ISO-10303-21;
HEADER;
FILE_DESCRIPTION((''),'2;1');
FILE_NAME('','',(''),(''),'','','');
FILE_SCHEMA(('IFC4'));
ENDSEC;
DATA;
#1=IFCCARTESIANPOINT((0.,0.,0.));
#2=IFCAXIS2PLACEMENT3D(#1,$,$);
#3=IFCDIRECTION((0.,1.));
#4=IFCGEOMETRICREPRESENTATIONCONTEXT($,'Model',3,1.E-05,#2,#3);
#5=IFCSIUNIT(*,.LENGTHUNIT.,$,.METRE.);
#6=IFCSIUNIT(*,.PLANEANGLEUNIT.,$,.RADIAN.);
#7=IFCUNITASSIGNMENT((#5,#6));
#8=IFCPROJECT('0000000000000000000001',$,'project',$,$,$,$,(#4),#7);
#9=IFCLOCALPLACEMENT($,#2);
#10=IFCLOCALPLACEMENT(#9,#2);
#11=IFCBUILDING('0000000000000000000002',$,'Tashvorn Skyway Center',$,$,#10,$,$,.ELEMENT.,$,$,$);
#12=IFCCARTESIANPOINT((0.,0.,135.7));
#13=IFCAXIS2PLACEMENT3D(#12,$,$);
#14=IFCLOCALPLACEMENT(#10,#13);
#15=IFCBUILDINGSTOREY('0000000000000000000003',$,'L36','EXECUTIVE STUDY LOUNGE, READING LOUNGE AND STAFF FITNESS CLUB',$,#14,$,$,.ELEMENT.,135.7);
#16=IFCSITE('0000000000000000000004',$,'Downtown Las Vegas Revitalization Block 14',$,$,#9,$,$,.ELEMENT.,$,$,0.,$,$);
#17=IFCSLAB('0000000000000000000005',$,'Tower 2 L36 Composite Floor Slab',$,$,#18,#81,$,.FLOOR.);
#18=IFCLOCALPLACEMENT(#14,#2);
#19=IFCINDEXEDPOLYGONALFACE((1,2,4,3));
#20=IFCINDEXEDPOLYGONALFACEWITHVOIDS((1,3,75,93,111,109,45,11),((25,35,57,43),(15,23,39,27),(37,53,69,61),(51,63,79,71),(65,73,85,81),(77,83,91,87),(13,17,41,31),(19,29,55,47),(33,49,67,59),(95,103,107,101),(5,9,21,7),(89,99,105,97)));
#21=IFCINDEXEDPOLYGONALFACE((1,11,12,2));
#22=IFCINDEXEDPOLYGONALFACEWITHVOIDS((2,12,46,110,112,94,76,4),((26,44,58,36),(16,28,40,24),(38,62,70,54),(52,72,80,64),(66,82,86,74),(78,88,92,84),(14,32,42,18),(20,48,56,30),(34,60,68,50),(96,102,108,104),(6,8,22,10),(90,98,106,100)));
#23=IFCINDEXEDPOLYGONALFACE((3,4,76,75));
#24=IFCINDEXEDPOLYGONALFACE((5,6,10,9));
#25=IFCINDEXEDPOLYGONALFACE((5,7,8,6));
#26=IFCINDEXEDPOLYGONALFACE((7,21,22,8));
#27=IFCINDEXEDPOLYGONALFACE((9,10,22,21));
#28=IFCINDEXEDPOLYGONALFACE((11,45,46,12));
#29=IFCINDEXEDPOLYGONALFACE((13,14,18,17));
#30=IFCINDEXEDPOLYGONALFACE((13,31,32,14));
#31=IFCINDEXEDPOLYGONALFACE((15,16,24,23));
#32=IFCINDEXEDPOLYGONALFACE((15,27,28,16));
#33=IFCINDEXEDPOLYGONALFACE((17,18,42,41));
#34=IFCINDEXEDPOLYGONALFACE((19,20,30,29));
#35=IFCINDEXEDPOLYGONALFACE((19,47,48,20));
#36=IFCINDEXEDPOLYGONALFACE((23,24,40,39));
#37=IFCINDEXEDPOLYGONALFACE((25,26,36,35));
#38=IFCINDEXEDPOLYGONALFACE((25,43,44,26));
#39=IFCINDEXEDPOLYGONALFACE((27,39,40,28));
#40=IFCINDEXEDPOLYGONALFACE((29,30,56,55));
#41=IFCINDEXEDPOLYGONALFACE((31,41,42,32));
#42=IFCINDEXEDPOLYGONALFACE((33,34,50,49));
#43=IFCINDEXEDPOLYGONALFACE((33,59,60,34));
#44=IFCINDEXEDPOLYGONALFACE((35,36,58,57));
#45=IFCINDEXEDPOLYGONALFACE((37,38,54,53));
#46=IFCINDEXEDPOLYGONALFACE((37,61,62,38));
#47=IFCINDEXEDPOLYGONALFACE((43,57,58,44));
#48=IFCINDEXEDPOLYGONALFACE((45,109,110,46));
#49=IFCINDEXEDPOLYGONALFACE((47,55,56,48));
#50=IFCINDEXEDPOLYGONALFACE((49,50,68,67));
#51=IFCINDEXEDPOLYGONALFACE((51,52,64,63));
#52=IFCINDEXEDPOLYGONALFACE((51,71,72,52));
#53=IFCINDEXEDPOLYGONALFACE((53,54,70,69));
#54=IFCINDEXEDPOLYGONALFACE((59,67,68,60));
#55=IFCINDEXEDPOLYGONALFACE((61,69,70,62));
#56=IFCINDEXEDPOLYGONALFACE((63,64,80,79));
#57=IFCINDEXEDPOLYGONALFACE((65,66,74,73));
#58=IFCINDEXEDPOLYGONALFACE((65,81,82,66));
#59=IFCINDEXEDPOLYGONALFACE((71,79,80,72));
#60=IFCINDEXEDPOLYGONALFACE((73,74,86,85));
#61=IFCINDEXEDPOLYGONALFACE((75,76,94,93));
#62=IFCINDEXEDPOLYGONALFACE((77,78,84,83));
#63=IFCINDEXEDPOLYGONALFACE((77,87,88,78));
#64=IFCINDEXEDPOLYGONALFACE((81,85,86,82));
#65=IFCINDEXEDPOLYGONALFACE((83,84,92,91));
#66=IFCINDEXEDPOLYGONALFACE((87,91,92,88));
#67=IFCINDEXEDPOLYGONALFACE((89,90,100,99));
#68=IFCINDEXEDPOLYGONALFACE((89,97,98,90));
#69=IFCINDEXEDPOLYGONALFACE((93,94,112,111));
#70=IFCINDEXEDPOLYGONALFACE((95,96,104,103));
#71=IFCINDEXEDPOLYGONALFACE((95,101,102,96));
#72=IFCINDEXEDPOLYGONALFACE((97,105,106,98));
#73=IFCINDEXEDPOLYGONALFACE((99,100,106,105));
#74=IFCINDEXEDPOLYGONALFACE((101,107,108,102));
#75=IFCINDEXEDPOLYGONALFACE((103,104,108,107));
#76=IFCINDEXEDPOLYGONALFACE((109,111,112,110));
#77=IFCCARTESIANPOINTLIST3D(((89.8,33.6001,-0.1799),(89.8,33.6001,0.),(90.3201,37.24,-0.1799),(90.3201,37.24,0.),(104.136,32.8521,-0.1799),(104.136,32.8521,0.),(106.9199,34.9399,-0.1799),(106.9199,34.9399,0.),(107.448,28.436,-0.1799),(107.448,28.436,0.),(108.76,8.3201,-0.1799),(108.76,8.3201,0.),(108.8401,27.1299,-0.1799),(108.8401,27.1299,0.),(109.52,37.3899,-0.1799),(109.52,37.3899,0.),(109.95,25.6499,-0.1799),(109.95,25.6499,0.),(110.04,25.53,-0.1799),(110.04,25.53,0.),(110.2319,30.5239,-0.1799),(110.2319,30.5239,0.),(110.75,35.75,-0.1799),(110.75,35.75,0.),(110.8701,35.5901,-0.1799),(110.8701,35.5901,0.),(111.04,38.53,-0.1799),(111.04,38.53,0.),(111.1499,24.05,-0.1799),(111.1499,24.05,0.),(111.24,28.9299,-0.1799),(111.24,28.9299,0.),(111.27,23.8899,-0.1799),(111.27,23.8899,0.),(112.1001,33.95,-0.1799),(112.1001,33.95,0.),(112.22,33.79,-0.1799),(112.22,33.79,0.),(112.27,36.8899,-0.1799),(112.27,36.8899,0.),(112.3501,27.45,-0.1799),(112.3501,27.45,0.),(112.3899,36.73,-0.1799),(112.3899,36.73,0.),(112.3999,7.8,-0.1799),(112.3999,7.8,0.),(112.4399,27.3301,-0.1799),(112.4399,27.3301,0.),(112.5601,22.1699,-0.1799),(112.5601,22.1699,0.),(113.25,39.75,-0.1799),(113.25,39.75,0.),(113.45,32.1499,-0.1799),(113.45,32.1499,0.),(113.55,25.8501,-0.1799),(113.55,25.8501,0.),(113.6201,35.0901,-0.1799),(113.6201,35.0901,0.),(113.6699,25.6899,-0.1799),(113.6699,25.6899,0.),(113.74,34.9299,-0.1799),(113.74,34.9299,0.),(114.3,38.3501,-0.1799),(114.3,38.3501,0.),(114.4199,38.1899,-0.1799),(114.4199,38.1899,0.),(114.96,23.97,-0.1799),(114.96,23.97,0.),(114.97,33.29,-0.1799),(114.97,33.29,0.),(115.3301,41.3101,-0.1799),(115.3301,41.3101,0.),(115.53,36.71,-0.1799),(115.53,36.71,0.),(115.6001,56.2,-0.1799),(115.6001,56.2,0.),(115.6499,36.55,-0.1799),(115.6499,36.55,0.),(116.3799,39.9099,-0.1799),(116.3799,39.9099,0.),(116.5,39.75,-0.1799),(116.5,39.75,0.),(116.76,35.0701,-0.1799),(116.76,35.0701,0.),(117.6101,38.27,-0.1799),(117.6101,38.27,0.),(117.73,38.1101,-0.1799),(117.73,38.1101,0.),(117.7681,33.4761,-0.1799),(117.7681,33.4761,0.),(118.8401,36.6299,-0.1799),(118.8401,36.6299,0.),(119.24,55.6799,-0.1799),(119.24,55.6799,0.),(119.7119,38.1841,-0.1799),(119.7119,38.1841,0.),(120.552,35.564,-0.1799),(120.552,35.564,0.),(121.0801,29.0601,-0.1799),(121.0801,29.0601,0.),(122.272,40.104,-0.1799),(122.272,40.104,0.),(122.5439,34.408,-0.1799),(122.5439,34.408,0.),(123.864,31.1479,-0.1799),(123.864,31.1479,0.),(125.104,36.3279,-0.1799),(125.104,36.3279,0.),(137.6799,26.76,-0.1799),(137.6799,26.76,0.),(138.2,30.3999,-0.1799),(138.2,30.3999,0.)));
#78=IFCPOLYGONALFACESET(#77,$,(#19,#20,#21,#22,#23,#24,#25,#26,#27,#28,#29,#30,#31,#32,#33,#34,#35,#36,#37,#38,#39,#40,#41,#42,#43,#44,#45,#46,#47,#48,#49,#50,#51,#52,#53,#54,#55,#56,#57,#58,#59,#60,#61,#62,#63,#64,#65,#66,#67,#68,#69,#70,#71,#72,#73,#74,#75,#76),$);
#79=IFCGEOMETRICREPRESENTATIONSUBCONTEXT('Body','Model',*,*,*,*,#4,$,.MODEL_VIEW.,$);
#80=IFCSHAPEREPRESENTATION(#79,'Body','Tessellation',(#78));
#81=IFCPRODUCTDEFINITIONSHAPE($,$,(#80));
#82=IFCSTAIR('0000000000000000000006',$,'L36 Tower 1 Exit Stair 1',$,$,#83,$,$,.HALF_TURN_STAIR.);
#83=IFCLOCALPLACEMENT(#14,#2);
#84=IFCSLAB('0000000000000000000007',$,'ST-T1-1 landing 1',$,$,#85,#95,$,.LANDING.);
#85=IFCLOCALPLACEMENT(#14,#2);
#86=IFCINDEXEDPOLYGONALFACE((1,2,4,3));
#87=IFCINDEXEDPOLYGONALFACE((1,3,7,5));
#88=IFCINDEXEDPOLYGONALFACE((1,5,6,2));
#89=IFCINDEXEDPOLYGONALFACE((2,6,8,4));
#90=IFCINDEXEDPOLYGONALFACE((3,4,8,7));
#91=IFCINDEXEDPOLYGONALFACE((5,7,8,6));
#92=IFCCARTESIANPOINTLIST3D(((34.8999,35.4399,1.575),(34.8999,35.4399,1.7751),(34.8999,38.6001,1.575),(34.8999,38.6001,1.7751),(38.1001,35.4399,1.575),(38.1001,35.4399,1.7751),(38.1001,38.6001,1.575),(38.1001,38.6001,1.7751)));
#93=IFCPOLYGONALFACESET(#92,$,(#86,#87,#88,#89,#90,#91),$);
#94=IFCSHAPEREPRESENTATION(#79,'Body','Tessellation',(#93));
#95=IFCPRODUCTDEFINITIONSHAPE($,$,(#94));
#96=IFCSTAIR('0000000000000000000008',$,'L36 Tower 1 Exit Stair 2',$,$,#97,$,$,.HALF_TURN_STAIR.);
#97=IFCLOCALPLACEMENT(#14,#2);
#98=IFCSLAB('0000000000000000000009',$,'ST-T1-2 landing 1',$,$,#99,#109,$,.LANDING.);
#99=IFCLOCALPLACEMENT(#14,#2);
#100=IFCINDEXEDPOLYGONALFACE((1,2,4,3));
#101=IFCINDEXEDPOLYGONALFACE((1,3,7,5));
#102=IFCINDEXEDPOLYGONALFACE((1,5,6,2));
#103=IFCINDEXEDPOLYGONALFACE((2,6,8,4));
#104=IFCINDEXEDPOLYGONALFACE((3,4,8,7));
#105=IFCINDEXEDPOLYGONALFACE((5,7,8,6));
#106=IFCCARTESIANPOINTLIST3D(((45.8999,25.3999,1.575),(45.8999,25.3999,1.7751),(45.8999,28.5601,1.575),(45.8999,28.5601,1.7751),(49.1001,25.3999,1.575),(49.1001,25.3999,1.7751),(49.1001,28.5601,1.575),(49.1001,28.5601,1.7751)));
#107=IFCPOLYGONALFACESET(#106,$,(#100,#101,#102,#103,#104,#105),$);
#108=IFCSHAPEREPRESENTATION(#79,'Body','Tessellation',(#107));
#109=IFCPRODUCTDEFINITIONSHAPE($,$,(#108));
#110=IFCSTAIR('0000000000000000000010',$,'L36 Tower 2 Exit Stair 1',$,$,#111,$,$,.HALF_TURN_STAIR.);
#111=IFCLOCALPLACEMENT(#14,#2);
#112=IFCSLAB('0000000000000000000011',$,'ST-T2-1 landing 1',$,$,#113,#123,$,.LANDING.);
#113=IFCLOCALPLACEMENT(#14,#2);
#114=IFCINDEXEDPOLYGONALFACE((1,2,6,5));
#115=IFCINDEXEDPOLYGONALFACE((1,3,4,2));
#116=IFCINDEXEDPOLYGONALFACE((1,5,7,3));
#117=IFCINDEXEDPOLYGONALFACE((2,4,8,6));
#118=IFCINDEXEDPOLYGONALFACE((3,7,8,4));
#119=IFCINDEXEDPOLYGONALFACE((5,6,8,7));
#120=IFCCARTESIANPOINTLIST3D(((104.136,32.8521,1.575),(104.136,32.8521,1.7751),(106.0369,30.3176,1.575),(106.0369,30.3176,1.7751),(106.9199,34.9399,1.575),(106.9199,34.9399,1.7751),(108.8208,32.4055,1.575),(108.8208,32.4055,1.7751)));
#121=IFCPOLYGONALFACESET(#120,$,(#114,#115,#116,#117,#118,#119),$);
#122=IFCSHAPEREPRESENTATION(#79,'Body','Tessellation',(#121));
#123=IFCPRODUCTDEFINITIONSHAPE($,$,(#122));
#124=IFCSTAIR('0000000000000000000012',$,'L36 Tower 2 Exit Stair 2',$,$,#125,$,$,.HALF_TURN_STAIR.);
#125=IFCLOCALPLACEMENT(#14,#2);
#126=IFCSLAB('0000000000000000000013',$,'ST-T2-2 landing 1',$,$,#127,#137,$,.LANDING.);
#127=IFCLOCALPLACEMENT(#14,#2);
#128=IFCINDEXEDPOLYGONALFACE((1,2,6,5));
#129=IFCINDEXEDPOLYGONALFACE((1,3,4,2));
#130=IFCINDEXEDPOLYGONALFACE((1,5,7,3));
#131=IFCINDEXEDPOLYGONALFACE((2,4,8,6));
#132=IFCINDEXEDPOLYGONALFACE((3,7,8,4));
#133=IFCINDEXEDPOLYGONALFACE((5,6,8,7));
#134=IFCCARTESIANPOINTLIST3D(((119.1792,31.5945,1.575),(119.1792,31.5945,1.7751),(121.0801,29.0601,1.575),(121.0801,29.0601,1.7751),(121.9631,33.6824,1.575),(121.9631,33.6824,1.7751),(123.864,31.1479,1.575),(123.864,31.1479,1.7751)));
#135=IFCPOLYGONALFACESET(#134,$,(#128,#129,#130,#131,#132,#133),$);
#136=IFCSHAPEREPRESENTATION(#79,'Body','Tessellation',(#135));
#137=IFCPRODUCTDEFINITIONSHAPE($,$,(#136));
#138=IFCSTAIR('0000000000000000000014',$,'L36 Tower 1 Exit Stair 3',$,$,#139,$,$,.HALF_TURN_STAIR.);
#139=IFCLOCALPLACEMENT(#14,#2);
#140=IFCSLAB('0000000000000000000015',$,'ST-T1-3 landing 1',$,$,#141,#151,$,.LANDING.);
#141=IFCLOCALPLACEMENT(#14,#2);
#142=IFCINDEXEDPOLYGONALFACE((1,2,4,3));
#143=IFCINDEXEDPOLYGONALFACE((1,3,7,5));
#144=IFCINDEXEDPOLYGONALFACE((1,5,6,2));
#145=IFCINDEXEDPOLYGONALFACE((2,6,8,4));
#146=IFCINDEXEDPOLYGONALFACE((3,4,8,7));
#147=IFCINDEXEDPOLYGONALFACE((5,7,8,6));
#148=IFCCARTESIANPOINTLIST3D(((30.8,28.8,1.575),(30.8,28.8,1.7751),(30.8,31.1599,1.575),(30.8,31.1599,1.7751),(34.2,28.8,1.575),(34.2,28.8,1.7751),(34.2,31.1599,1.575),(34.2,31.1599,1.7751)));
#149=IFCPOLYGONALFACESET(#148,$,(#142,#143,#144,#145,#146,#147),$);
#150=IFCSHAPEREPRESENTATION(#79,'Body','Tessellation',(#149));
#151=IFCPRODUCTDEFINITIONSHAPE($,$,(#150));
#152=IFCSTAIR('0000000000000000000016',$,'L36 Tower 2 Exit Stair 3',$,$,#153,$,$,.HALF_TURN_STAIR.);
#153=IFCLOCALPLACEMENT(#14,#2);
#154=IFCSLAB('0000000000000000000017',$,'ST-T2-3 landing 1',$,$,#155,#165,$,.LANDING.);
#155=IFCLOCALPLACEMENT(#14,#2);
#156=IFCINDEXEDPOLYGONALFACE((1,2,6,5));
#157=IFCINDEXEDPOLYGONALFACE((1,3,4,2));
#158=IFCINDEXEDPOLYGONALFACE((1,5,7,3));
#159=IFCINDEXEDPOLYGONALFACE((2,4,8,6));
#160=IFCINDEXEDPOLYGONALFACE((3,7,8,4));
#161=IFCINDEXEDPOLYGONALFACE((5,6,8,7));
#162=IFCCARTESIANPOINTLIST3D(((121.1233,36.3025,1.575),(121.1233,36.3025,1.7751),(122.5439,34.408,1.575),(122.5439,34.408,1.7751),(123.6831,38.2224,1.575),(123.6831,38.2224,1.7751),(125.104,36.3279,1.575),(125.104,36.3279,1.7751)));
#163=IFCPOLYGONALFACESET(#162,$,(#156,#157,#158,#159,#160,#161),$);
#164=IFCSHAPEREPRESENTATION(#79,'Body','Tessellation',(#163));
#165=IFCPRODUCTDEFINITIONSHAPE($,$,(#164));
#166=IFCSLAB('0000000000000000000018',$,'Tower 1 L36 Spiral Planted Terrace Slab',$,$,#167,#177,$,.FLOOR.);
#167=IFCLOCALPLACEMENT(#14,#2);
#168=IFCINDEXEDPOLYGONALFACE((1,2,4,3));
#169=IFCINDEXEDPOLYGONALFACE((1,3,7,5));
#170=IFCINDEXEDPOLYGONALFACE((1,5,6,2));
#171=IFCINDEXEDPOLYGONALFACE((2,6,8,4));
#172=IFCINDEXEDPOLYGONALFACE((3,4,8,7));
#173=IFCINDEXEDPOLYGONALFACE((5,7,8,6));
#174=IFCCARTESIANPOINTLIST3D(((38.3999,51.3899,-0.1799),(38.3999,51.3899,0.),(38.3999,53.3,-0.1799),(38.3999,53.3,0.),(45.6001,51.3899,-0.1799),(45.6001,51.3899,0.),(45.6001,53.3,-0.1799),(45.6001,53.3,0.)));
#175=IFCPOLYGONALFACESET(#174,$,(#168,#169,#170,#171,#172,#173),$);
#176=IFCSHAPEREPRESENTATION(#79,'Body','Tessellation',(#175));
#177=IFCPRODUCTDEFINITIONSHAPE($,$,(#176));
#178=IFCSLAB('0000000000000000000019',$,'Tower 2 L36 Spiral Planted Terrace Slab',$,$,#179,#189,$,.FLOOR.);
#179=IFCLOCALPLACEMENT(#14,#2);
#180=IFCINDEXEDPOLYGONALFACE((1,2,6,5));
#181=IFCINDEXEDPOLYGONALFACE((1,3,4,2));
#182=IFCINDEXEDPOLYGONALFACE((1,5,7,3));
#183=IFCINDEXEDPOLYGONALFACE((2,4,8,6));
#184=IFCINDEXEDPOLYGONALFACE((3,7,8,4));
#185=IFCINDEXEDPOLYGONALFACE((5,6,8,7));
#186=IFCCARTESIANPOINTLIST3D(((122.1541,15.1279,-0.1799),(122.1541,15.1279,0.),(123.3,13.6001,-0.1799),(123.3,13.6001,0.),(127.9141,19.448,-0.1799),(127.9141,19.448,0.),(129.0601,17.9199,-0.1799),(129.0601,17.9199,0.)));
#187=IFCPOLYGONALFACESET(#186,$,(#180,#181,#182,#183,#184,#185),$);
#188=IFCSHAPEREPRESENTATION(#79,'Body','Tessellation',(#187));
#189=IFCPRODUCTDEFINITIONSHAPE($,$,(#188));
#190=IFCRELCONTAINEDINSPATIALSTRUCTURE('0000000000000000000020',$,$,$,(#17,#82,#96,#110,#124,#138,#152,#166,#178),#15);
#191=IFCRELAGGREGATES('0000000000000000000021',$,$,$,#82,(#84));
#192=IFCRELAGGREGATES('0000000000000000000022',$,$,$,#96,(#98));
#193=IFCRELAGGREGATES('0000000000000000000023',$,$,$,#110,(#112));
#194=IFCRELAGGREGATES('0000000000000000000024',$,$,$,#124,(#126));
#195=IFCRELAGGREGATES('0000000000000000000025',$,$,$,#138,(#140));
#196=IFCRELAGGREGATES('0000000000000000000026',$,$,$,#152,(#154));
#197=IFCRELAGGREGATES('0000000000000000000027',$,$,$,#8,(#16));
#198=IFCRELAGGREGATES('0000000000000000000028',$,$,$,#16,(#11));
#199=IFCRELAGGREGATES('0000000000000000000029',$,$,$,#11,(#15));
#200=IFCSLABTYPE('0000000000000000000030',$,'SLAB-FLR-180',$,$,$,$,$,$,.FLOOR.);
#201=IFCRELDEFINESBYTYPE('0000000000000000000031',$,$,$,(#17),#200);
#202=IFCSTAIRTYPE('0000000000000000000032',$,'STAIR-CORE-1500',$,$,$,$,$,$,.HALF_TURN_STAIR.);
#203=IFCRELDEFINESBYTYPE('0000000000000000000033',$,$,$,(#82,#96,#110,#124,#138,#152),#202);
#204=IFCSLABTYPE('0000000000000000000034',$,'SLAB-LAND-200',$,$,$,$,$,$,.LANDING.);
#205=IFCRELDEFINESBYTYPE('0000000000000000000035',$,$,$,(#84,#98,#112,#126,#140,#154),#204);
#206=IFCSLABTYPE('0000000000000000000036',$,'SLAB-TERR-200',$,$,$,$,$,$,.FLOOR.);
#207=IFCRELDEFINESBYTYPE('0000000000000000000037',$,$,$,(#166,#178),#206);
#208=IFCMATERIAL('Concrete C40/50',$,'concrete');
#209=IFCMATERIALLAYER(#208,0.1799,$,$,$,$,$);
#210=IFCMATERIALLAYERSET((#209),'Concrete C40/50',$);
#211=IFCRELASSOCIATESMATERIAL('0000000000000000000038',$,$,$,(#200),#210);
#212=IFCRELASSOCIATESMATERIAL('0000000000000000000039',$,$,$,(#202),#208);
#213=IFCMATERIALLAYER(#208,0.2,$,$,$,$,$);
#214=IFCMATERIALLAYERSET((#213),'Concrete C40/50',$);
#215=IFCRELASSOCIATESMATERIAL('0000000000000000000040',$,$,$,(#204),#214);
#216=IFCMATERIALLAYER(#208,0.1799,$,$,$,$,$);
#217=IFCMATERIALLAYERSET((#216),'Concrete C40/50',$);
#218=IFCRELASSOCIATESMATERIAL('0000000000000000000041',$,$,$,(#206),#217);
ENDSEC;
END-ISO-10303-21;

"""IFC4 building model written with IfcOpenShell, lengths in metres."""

from ifc_helpers import new_model, si_unit, direction, frame, origin, place, context, subcontext, project, spatial, polyline, outline, extrude, material, layer, layer_set, type_object, element, aggregate, save


model = new_model("IFC4")

# Units and contexts
model_context = context("Model", 3, precision=1e-05, world=origin(), true_north=direction((0.0, 1.0)))
body_context = subcontext(model_context, "Body", "Model", "MODEL_VIEW")
ifc_project = project(units=[si_unit("LENGTHUNIT", "METRE"), si_unit("PLANEANGLEUNIT", "RADIAN")], contexts=[model_context])

# Site, building, storey
site_placement = place(None, origin())
site = spatial("IfcSite", under=ifc_project, at=site_placement, Name="Downtown Las Vegas Revitalization Block 14", CompositionType="ELEMENT", RefElevation=0.0)
building_placement = place(site_placement, origin())
building = spatial("IfcBuilding", under=site, at=building_placement, Name="Tashvorn Skyway Center", CompositionType="ELEMENT")
storey_placement = place(building_placement, frame((0.0, 0.0, 135.7)))
storey = spatial("IfcBuildingStorey", under=building, at=storey_placement, Name="L36", Description="EXECUTIVE STUDY LOUNGE, READING LOUNGE AND STAFF FITNESS CLUB", CompositionType="ELEMENT", Elevation=135.7)

# Slab
ifc_material_1 = material(Name="Concrete C40/50", Category="concrete")
ifc_layer_1 = layer(ifc_material_1, 0.1799)
ifc_layer_set_1 = layer_set([ifc_layer_1], Name="Concrete C40/50")
slab_type_1 = type_object("IfcSlabType", Name="SLAB-FLR-180", PredefinedType="FLOOR", material=ifc_layer_set_1)
slab_1_placement = place(storey_placement, frame((0.0, 0.0, -0.1799)))
element("IfcSlab", 1, at=slab_1_placement, inside=storey, type_object=slab_type_1, Name="Tower 2 L36 Composite Floor Slab", PredefinedType="FLOOR", context=body_context, shape_type="SweptSolid", body=[
    extrude(outline(polyline([(112.3999, 7.8), (137.6799, 26.76), (138.2, 30.3999), (119.24, 55.6799), (115.6001, 56.2), (90.3201, 37.24), (89.8, 33.6001), (108.76, 8.3201), (112.3999, 7.8)]), holes=[polyline([(110.2319, 30.5239), (106.9199, 34.9399), (104.136, 32.8521), (107.448, 28.436), (110.2319, 30.5239)]), polyline([(117.7681, 33.4761), (121.0801, 29.0601), (123.864, 31.1479), (120.552, 35.564), (117.7681, 33.4761)]), polyline([(119.7119, 38.1841), (122.5439, 34.408), (125.104, 36.3279), (122.272, 40.104), (119.7119, 38.1841)]), polyline([(109.95, 25.6499), (112.3501, 27.45), (111.24, 28.9299), (108.8401, 27.1299), (109.95, 25.6499)]), polyline([(111.1499, 24.05), (113.55, 25.8501), (112.4399, 27.3301), (110.04, 25.53), (111.1499, 24.05)]), polyline([(112.5601, 22.1699), (114.96, 23.97), (113.6699, 25.6899), (111.27, 23.8899), (112.5601, 22.1699)]), polyline([(113.45, 32.1499), (114.97, 33.29), (113.74, 34.9299), (112.22, 33.79), (113.45, 32.1499)]), polyline([(112.1001, 33.95), (113.6201, 35.0901), (112.3899, 36.73), (110.8701, 35.5901), (112.1001, 33.95)]), polyline([(110.75, 35.75), (112.27, 36.8899), (111.04, 38.53), (109.52, 37.3899), (110.75, 35.75)]), polyline([(116.76, 35.0701), (118.8401, 36.6299), (117.73, 38.1101), (115.6499, 36.55), (116.76, 35.0701)]), polyline([(115.53, 36.71), (117.6101, 38.27), (116.5, 39.75), (114.4199, 38.1899), (115.53, 36.71)]), polyline([(114.3, 38.3501), (116.3799, 39.9099), (115.3301, 41.3101), (113.25, 39.75), (114.3, 38.3501)])]), origin(), (0.0, 0.0, 1.0), 0.1799),
])

# Stairs, slabs
stair_type = type_object("IfcStairType", Name="STAIR-CORE-1500", PredefinedType="HALF_TURN_STAIR", material=ifc_material_1)
stair_1_placement = place(storey_placement, origin())
stair_1 = element("IfcStair", 2, at=stair_1_placement, inside=storey, type_object=stair_type, Name="L36 Tower 1 Exit Stair 1", PredefinedType="HALF_TURN_STAIR")
ifc_layer_2 = layer(ifc_material_1, 0.2)
ifc_layer_set_2 = layer_set([ifc_layer_2], Name="Concrete C40/50")
slab_type_2 = type_object("IfcSlabType", Name="SLAB-LAND-200", PredefinedType="LANDING", material=ifc_layer_set_2)
slab_2_placement = place(storey_placement, frame((0.0, 0.0, 1.575)))
slab_2 = element("IfcSlab", 3, at=slab_2_placement, type_object=slab_type_2, Name="ST-T1-1 landing 1", PredefinedType="LANDING", context=body_context, shape_type="SweptSolid", body=[
    extrude(outline(polyline([(38.1001, 35.4399), (38.1001, 38.6001), (34.8999, 38.6001), (34.8999, 35.4399), (38.1001, 35.4399)])), origin(), (0.0, 0.0, 1.0), 0.2002),
])
aggregate(stair_1, [slab_2])
stair_2_placement = place(storey_placement, origin())
stair_2 = element("IfcStair", 4, at=stair_2_placement, inside=storey, type_object=stair_type, Name="L36 Tower 1 Exit Stair 2", PredefinedType="HALF_TURN_STAIR")
slab_3_placement = place(storey_placement, frame((0.0, 0.0, 1.575)))
slab_3 = element("IfcSlab", 5, at=slab_3_placement, type_object=slab_type_2, Name="ST-T1-2 landing 1", PredefinedType="LANDING", context=body_context, shape_type="SweptSolid", body=[
    extrude(outline(polyline([(45.8999, 28.5601), (45.8999, 25.3999), (49.1001, 25.3999), (49.1001, 28.5601), (45.8999, 28.5601)])), origin(), (0.0, 0.0, 1.0), 0.2002),
])
aggregate(stair_2, [slab_3])
stair_3_placement = place(storey_placement, origin())
stair_3 = element("IfcStair", 6, at=stair_3_placement, inside=storey, type_object=stair_type, Name="L36 Tower 2 Exit Stair 1", PredefinedType="HALF_TURN_STAIR")
slab_4_placement = place(storey_placement, frame((0.0, 0.0, 1.575)))
slab_4 = element("IfcSlab", 7, at=slab_4_placement, type_object=slab_type_2, Name="ST-T2-1 landing 1", PredefinedType="LANDING", context=body_context, shape_type="SweptSolid", body=[
    extrude(outline(polyline([(108.8208, 32.4055), (106.9199, 34.9399), (104.136, 32.8521), (106.0369, 30.3176), (108.8208, 32.4055)])), origin(), (0.0, 0.0, 1.0), 0.2002),
])
aggregate(stair_3, [slab_4])
stair_4_placement = place(storey_placement, origin())
stair_4 = element("IfcStair", 8, at=stair_4_placement, inside=storey, type_object=stair_type, Name="L36 Tower 2 Exit Stair 2", PredefinedType="HALF_TURN_STAIR")
slab_5_placement = place(storey_placement, frame((0.0, 0.0, 1.575)))
slab_5 = element("IfcSlab", 9, at=slab_5_placement, type_object=slab_type_2, Name="ST-T2-2 landing 1", PredefinedType="LANDING", context=body_context, shape_type="SweptSolid", body=[
    extrude(outline(polyline([(119.1792, 31.5945), (121.0801, 29.0601), (123.864, 31.1479), (121.9631, 33.6824), (119.1792, 31.5945)])), origin(), (0.0, 0.0, 1.0), 0.2002),
])
aggregate(stair_4, [slab_5])
stair_5_placement = place(storey_placement, origin())
stair_5 = element("IfcStair", 10, at=stair_5_placement, inside=storey, type_object=stair_type, Name="L36 Tower 1 Exit Stair 3", PredefinedType="HALF_TURN_STAIR")
slab_6_placement = place(storey_placement, frame((0.0, 0.0, 1.575)))
slab_6 = element("IfcSlab", 11, at=slab_6_placement, type_object=slab_type_2, Name="ST-T1-3 landing 1", PredefinedType="LANDING", context=body_context, shape_type="SweptSolid", body=[
    extrude(outline(polyline([(30.8, 31.1599), (30.8, 28.8), (34.2, 28.8), (34.2, 31.1599), (30.8, 31.1599)])), origin(), (0.0, 0.0, 1.0), 0.2002),
])
aggregate(stair_5, [slab_6])
stair_6_placement = place(storey_placement, origin())
stair_6 = element("IfcStair", 12, at=stair_6_placement, inside=storey, type_object=stair_type, Name="L36 Tower 2 Exit Stair 3", PredefinedType="HALF_TURN_STAIR")
slab_7_placement = place(storey_placement, frame((0.0, 0.0, 1.575)))
slab_7 = element("IfcSlab", 13, at=slab_7_placement, type_object=slab_type_2, Name="ST-T2-3 landing 1", PredefinedType="LANDING", context=body_context, shape_type="SweptSolid", body=[
    extrude(outline(polyline([(121.1233, 36.3025), (122.5439, 34.408), (125.104, 36.3279), (123.6831, 38.2224), (121.1233, 36.3025)])), origin(), (0.0, 0.0, 1.0), 0.2002),
])
aggregate(stair_6, [slab_7])

# Slabs
ifc_layer_3 = layer(ifc_material_1, 0.1799)
ifc_layer_set_3 = layer_set([ifc_layer_3], Name="Concrete C40/50")
slab_type_3 = type_object("IfcSlabType", Name="SLAB-TERR-200", PredefinedType="FLOOR", material=ifc_layer_set_3)
slab_8_placement = place(storey_placement, frame((0.0, 0.0, -0.1799)))
element("IfcSlab", 14, at=slab_8_placement, inside=storey, type_object=slab_type_3, Name="Tower 1 L36 Spiral Planted Terrace Slab", PredefinedType="FLOOR", context=body_context, shape_type="SweptSolid", body=[
    extrude(outline(polyline([(38.3999, 51.3899), (45.6001, 51.3899), (45.6001, 53.3), (38.3999, 53.3), (38.3999, 51.3899)])), origin(), (0.0, 0.0, 1.0), 0.1799),
])
slab_9_placement = place(storey_placement, frame((0.0, 0.0, -0.1799)))
element("IfcSlab", 15, at=slab_9_placement, inside=storey, type_object=slab_type_3, Name="Tower 2 L36 Spiral Planted Terrace Slab", PredefinedType="FLOOR", context=body_context, shape_type="SweptSolid", body=[
    extrude(outline(polyline([(123.3, 13.6001), (129.0601, 17.9199), (127.9141, 19.448), (122.1541, 15.1279), (123.3, 13.6001)])), origin(), (0.0, 0.0, 1.0), 0.1799),
])

save(model, "model.ifc")
